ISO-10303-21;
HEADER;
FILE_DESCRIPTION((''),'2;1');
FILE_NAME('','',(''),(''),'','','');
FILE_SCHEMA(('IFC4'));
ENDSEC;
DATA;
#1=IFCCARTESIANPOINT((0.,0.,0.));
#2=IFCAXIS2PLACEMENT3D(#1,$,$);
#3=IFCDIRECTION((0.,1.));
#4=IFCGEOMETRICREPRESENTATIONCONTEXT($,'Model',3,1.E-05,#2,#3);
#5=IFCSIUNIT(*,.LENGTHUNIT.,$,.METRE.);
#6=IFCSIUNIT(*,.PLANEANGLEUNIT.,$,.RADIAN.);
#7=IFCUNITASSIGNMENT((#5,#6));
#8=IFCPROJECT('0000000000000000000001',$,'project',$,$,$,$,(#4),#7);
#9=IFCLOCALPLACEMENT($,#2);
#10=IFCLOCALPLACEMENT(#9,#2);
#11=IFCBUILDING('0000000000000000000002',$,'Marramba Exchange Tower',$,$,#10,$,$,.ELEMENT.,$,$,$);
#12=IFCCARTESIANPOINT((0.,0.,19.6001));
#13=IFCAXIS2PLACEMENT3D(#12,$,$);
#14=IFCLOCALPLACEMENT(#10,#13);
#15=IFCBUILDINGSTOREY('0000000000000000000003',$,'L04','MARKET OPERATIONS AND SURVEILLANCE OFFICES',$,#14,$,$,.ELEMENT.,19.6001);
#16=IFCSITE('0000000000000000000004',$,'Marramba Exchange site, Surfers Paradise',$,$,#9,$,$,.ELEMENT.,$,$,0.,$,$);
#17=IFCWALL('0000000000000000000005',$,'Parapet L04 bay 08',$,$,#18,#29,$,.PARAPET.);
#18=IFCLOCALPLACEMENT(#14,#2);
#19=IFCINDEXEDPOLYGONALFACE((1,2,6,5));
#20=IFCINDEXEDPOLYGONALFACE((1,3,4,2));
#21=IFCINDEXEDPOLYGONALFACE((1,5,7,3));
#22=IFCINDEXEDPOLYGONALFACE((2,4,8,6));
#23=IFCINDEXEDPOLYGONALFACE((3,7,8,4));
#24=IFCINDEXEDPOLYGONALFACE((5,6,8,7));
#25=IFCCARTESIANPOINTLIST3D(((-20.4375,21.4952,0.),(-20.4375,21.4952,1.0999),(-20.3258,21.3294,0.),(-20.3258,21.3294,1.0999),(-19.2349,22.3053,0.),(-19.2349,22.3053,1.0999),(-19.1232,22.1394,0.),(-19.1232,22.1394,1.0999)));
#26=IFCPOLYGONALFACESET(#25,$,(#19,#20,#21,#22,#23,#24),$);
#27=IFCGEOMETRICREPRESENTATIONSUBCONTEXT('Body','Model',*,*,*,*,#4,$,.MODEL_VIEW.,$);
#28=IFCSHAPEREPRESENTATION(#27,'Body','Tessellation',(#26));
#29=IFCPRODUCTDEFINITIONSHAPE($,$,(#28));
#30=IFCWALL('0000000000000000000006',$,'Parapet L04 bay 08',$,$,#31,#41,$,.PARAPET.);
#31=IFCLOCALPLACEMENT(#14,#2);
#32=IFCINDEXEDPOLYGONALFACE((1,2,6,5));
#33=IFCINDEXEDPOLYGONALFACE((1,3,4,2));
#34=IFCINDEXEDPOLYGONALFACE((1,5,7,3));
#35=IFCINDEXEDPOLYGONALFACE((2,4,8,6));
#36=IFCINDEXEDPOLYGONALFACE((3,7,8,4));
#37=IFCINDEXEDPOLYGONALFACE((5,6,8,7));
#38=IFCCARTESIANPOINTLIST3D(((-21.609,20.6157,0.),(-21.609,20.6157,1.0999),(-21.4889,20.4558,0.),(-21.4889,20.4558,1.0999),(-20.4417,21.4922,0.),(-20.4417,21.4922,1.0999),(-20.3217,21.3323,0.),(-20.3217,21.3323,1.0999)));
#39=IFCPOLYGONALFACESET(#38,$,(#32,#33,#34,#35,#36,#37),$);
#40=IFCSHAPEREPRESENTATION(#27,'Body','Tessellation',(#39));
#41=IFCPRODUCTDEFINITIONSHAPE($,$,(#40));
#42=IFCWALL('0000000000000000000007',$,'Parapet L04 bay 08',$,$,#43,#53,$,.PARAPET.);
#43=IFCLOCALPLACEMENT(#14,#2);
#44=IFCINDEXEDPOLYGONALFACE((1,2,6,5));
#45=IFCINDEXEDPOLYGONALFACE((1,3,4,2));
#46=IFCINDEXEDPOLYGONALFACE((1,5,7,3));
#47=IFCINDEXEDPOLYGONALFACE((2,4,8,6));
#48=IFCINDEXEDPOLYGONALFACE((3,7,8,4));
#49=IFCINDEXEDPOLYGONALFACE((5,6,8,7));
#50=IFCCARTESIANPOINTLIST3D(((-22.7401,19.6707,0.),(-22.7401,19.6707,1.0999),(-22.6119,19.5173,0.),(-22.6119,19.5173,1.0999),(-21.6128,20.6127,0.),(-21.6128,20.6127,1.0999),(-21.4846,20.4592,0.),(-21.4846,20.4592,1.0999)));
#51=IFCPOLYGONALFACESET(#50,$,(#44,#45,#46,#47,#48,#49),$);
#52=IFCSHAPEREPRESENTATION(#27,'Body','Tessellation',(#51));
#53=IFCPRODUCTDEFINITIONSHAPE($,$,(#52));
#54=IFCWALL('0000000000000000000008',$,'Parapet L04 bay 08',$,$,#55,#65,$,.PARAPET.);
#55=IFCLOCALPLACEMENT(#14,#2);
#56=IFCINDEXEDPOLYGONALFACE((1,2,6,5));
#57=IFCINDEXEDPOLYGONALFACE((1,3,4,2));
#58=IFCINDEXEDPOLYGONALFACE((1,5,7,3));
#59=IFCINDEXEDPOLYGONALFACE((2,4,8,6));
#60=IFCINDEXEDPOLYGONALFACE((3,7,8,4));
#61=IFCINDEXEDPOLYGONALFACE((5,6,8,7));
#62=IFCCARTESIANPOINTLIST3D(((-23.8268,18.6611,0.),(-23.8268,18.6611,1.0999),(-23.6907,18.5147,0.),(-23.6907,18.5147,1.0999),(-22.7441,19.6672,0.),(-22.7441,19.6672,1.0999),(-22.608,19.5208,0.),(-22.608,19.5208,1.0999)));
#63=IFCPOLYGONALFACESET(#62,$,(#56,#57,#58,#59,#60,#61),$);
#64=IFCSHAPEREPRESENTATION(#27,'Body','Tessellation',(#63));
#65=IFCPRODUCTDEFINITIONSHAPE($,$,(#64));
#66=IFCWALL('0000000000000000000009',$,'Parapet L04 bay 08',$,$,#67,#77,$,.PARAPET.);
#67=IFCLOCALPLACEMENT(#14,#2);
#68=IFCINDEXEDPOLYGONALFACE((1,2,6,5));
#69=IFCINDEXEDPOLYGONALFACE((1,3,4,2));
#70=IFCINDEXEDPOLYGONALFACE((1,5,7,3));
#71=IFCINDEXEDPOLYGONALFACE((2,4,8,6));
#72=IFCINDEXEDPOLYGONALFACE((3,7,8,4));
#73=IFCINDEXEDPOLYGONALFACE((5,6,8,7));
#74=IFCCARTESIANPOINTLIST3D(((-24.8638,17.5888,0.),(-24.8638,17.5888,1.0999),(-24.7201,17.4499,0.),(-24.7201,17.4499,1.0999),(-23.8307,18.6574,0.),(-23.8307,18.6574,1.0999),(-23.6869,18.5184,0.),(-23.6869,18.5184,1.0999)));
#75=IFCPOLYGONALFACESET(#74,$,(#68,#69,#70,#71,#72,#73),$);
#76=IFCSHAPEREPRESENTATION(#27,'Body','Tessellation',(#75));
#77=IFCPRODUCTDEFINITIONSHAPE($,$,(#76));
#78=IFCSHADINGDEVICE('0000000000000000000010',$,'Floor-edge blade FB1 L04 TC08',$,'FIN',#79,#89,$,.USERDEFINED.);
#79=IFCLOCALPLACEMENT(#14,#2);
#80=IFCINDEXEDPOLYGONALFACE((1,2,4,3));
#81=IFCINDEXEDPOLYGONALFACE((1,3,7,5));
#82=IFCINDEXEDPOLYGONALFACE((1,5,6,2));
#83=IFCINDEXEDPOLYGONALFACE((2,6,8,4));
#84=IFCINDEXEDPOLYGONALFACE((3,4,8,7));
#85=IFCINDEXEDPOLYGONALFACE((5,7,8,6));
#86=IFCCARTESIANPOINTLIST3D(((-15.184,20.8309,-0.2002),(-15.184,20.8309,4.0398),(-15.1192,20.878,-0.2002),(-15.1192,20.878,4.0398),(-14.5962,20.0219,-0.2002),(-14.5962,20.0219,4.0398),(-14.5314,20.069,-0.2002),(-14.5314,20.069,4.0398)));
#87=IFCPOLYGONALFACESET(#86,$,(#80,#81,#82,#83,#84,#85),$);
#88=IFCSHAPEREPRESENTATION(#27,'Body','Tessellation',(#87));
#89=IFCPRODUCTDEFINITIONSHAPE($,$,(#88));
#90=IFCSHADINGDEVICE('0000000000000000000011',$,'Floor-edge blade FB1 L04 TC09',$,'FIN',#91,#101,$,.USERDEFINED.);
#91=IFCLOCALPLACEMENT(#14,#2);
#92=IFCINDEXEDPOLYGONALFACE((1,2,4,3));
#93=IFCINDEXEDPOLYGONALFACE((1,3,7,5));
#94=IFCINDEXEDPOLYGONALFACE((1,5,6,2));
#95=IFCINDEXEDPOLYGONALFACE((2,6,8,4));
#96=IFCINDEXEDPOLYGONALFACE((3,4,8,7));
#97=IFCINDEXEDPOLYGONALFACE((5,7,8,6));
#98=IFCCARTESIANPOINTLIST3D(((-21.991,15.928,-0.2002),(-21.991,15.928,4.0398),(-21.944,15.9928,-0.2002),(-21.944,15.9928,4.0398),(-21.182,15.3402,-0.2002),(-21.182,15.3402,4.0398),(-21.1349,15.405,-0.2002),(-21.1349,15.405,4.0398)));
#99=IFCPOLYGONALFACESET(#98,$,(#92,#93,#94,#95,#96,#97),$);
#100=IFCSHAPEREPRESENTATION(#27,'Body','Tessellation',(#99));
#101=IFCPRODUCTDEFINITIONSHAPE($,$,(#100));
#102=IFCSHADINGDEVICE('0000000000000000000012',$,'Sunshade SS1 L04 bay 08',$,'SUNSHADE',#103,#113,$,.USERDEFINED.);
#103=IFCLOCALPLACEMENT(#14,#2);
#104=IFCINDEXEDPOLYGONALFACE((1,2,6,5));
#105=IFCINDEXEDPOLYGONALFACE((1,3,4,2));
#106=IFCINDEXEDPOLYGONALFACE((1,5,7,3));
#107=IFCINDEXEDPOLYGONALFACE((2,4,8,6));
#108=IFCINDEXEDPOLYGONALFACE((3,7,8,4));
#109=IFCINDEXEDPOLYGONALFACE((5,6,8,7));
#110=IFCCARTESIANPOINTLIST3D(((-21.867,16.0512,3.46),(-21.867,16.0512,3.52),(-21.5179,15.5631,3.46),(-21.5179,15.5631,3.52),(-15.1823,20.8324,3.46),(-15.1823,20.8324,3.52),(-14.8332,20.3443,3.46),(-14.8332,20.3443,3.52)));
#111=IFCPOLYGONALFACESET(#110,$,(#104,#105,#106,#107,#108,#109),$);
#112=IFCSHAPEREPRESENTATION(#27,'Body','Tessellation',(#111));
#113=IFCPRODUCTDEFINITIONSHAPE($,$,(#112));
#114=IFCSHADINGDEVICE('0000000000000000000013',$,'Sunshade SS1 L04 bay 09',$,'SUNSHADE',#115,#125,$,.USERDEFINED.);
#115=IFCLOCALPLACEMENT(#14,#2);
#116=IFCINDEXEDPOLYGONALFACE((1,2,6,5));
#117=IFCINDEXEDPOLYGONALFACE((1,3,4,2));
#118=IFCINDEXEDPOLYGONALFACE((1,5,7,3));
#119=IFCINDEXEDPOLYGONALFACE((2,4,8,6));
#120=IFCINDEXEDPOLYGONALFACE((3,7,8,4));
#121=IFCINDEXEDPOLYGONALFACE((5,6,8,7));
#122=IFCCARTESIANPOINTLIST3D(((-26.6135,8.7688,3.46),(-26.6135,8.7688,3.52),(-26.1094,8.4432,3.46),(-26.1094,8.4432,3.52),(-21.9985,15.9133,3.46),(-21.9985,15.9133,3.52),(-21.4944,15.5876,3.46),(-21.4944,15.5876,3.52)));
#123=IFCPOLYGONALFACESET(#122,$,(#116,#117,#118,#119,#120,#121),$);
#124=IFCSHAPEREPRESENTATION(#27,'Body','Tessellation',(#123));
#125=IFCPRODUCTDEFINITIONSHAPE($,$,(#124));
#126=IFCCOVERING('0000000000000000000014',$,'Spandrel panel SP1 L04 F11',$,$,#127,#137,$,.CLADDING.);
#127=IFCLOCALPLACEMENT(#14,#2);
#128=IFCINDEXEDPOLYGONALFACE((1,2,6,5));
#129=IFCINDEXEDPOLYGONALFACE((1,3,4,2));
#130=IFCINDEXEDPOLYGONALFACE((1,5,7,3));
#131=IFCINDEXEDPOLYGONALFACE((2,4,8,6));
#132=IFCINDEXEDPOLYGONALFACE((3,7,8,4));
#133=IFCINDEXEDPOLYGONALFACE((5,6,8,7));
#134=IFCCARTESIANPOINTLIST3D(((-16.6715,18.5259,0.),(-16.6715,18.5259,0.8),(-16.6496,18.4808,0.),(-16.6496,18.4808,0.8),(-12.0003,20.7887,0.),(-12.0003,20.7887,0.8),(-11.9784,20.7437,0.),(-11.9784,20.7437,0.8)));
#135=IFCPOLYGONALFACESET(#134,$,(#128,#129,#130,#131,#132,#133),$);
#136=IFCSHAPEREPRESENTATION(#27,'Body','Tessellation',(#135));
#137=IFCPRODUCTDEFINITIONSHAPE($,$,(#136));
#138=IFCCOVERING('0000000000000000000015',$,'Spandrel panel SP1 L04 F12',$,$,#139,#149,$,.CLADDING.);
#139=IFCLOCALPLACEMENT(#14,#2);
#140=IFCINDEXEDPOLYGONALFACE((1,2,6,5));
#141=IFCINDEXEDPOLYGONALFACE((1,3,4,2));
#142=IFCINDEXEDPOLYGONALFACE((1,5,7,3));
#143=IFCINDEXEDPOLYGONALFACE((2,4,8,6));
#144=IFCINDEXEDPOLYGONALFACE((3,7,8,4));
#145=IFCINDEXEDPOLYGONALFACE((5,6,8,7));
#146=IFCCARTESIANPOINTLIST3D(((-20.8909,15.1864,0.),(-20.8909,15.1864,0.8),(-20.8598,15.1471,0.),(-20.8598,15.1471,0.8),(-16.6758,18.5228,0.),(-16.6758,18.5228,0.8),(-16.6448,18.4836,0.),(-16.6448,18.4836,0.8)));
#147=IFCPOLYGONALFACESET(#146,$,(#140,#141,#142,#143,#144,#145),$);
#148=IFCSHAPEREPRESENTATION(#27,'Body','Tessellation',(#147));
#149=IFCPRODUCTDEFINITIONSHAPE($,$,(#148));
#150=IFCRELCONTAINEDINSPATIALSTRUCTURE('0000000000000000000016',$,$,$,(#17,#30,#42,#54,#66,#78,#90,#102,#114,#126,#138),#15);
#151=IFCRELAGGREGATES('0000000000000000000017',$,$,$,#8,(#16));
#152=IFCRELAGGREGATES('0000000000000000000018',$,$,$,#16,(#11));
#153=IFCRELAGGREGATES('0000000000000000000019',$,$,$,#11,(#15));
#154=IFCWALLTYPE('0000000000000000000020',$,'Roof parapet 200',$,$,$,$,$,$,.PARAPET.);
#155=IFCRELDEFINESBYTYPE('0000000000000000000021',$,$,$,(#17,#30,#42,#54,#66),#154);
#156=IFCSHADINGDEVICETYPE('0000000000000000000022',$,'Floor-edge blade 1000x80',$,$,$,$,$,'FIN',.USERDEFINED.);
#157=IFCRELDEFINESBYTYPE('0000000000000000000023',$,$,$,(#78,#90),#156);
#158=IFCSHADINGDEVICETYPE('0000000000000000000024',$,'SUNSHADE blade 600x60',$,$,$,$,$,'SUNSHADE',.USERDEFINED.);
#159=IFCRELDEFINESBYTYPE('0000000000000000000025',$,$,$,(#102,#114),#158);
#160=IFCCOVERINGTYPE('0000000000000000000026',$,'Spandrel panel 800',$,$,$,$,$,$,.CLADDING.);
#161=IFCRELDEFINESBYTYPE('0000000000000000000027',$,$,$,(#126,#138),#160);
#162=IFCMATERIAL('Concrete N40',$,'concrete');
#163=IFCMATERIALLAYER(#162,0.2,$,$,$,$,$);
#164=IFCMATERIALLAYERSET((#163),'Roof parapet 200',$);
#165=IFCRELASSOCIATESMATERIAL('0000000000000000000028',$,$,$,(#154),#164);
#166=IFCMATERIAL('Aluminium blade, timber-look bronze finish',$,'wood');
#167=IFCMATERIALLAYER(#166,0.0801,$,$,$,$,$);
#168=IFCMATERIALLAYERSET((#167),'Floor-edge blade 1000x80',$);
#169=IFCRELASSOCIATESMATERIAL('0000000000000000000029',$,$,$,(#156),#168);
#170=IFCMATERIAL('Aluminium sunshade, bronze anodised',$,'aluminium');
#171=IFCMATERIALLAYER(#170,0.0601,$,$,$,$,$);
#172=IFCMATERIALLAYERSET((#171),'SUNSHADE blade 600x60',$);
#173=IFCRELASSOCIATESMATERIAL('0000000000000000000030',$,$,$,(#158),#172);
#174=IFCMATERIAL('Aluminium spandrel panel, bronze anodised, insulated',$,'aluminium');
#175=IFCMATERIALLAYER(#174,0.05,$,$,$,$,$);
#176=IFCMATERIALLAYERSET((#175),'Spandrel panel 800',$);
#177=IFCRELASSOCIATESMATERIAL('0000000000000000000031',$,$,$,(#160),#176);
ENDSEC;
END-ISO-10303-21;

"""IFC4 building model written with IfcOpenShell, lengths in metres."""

from ifc_helpers import new_model, si_unit, direction, frame, frame_2d, origin, origin_2d, place, context, subcontext, project, spatial, rectangle, extrude, material, layer, layer_set, type_object, element, save


model = new_model("IFC4")

# Units and contexts
model_context = context("Model", 3, precision=1e-05, world=origin(), true_north=direction((0.0, 1.0)))
body_context = subcontext(model_context, "Body", "Model", "MODEL_VIEW")
ifc_project = project(units=[si_unit("LENGTHUNIT", "METRE"), si_unit("PLANEANGLEUNIT", "RADIAN")], contexts=[model_context])

# Site, building, storey
site_placement = place(None, origin())
site = spatial("IfcSite", under=ifc_project, at=site_placement, Name="Marramba Exchange site, Surfers Paradise", CompositionType="ELEMENT", RefElevation=0.0)
building_placement = place(site_placement, origin())
building = spatial("IfcBuilding", under=site, at=building_placement, Name="Marramba Exchange Tower", CompositionType="ELEMENT")
storey_placement = place(building_placement, frame((0.0, 0.0, 19.6001)))
storey = spatial("IfcBuildingStorey", under=building, at=storey_placement, Name="L04", Description="MARKET OPERATIONS AND SURVEILLANCE OFFICES", CompositionType="ELEMENT", Elevation=19.6001)

# Walls
ifc_material_1 = material(Name="Concrete N40", Category="concrete")
ifc_layer_1 = layer(ifc_material_1, 0.2)
ifc_layer_set_1 = layer_set([ifc_layer_1], Name="Roof parapet 200")
wall_type_1 = type_object("IfcWallType", Name="Roof parapet 200", PredefinedType="PARAPET", material=ifc_layer_set_1)
wall_1_placement = place(storey_placement, frame((-19.179, 22.2224, 0.0), z_axis=(0.0, 0.0, 1.0), x_axis=(-0.829399, -0.558657, 0.0)))
element("IfcWall", 1, at=wall_1_placement, inside=storey, type_object=wall_type_1, Name="Parapet L04 bay 08", PredefinedType="PARAPET", context=body_context, shape_type="SweptSolid", body=[
    extrude(rectangle(XDim=1.45, YDim=0.2, at=frame_2d((0.7251, 0.0))), origin(), (0.0, 0.0, 1.0), 1.0999),
])
wall_2_placement = place(storey_placement, frame((-20.3816, 21.4124, 0.0), z_axis=(0.0, 0.0, 1.0), x_axis=(-0.799659, -0.600455, 0.0)))
element("IfcWall", 2, at=wall_2_placement, inside=storey, type_object=wall_type_1, Name="Parapet L04 bay 08", PredefinedType="PARAPET", context=body_context, shape_type="SweptSolid", body=[
    extrude(rectangle(XDim=1.4597, YDim=0.2, at=frame_2d((0.73, 0.0))), origin(), (0.0, 0.0, 1.0), 1.0999),
])
wall_3_placement = place(storey_placement, frame((-21.5488, 20.5359, 0.0), z_axis=(0.0, 0.0, 1.0), x_axis=(-0.767362, -0.641214, 0.0)))
element("IfcWall", 3, at=wall_3_placement, inside=storey, type_object=wall_type_1, Name="Parapet L04 bay 08", PredefinedType="PARAPET", context=body_context, shape_type="SweptSolid", body=[
    extrude(rectangle(XDim=1.469, YDim=0.2, at=frame_2d((0.7344, 0.0))), origin(), (0.0, 0.0, 1.0), 1.0999),
])
wall_4_placement = place(storey_placement, frame((-22.676, 19.594, 0.0), z_axis=(0.0, 0.0, 1.0), x_axis=(-0.732564, -0.680698, 0.0)))
element("IfcWall", 4, at=wall_4_placement, inside=storey, type_object=wall_type_1, Name="Parapet L04 bay 08", PredefinedType="PARAPET", context=body_context, shape_type="SweptSolid", body=[
    extrude(rectangle(XDim=1.478, YDim=0.2, at=frame_2d((0.739, 0.0))), origin(), (0.0, 0.0, 1.0), 1.0999),
])
wall_5_placement = place(storey_placement, frame((-23.7588, 18.5879, 0.0), z_axis=(0.0, 0.0, 1.0), x_axis=(-0.695099, -0.718915, 0.0)))
element("IfcWall", 5, at=wall_5_placement, inside=storey, type_object=wall_type_1, Name="Parapet L04 bay 08", PredefinedType="PARAPET", context=body_context, shape_type="SweptSolid", body=[
    extrude(rectangle(XDim=1.4863, YDim=0.2, at=frame_2d((0.7432, 0.0))), origin(), (0.0, 0.0, 1.0), 1.0999),
])

# Shading devices
ifc_material_2 = material(Name="Aluminium blade, timber-look bronze finish", Category="wood")
ifc_layer_2 = layer(ifc_material_2, 0.0801)
ifc_layer_set_2 = layer_set([ifc_layer_2], Name="Floor-edge blade 1000x80")
shading_device_type_1 = type_object("IfcShadingDeviceType", Name="Floor-edge blade 1000x80", ElementType="FIN", PredefinedType="USERDEFINED", material=ifc_layer_set_2)
for number, where, z_axis, x_axis, name in (
    (6, (-14.8577, 20.45, -0.2002), (0.0, 0.0, 1.0), (-0.587785, 0.809017, 0.0), "Floor-edge blade FB1 L04 TC08"),
    (7, (-21.563, 15.6665, -0.2002), (0.0, 0.0, 1.0), (-0.809017, 0.587785, 0.0), "Floor-edge blade FB1 L04 TC09"),
):
    element("IfcShadingDevice", number, at=place(storey_placement, frame(where, z_axis=z_axis, x_axis=x_axis)), inside=storey, type_object=shading_device_type_1, Name=name, ObjectType="FIN", PredefinedType="USERDEFINED", context=body_context, shape_type="SweptSolid", body=[
        extrude(rectangle(XDim=1.0, YDim=0.0801, at=origin_2d()), origin(), (0.0, 0.0, 1.0), 4.24),
    ])
ifc_material_3 = material(Name="Aluminium sunshade, bronze anodised", Category="aluminium")
ifc_layer_3 = layer(ifc_material_3, 0.0601)
ifc_layer_set_3 = layer_set([ifc_layer_3], Name="SUNSHADE blade 600x60")
shading_device_type_2 = type_object("IfcShadingDeviceType", Name="SUNSHADE blade 600x60", ElementType="SUNSHADE", PredefinedType="USERDEFINED", material=ifc_layer_set_3)
shading_device_1_placement = place(storey_placement, frame((-18.3501, 18.1978, 3.46), z_axis=(0.0, 0.0, 1.0), x_axis=(-0.813363, -0.581757, 0.0)))
element("IfcShadingDevice", 8, at=shading_device_1_placement, inside=storey, type_object=shading_device_type_2, Name="Sunshade SS1 L04 bay 08", ObjectType="SUNSHADE", PredefinedType="USERDEFINED", context=body_context, shape_type="SweptSolid", body=[
    extrude(rectangle(XDim=8.2185, YDim=0.6001, at=origin_2d()), origin(), (0.0, 0.0, 1.0), 0.0601),
])
shading_device_2_placement = place(storey_placement, frame((-24.054, 12.1782, 3.46), z_axis=(0.0, 0.0, 1.0), x_axis=(-0.542597, -0.839993, 0.0)))
element("IfcShadingDevice", 9, at=shading_device_2_placement, inside=storey, type_object=shading_device_type_2, Name="Sunshade SS1 L04 bay 09", ObjectType="SUNSHADE", PredefinedType="USERDEFINED", context=body_context, shape_type="SweptSolid", body=[
    extrude(rectangle(XDim=8.5054, YDim=0.6001, at=origin_2d()), origin(), (0.0, 0.0, 1.0), 0.0601),
])

# Coverings
ifc_material_4 = material(Name="Aluminium spandrel panel, bronze anodised, insulated", Category="aluminium")
ifc_layer_4 = layer(ifc_material_4, 0.05)
ifc_layer_set_4 = layer_set([ifc_layer_4], Name="Spandrel panel 800")
covering_type = type_object("IfcCoveringType", Name="Spandrel panel 800", PredefinedType="CLADDING", material=ifc_layer_set_4)
covering_1_placement = place(storey_placement, frame((-14.325, 19.6348, 0.0), z_axis=(0.0, 0.0, 1.0), x_axis=(-0.899963, -0.435965, 0.0)))
element("IfcCovering", 10, at=covering_1_placement, inside=storey, type_object=covering_type, Name="Spandrel panel SP1 L04 F11", PredefinedType="CLADDING", context=body_context, shape_type="SweptSolid", body=[
    extrude(rectangle(XDim=5.1904, YDim=0.05, at=origin_2d()), origin(), (0.0, 0.0, 1.0), 0.8),
])
covering_2_placement = place(storey_placement, frame((-18.7678, 16.835, 0.0), z_axis=(0.0, 0.0, 1.0), x_axis=(-0.784088, -0.62065, 0.0)))
element("IfcCovering", 11, at=covering_2_placement, inside=storey, type_object=covering_type, Name="Spandrel panel SP1 L04 F12", PredefinedType="CLADDING", context=body_context, shape_type="SweptSolid", body=[
    extrude(rectangle(XDim=5.3757, YDim=0.05, at=origin_2d()), origin(), (0.0, 0.0, 1.0), 0.8),
])

save(model, "model.ifc")
